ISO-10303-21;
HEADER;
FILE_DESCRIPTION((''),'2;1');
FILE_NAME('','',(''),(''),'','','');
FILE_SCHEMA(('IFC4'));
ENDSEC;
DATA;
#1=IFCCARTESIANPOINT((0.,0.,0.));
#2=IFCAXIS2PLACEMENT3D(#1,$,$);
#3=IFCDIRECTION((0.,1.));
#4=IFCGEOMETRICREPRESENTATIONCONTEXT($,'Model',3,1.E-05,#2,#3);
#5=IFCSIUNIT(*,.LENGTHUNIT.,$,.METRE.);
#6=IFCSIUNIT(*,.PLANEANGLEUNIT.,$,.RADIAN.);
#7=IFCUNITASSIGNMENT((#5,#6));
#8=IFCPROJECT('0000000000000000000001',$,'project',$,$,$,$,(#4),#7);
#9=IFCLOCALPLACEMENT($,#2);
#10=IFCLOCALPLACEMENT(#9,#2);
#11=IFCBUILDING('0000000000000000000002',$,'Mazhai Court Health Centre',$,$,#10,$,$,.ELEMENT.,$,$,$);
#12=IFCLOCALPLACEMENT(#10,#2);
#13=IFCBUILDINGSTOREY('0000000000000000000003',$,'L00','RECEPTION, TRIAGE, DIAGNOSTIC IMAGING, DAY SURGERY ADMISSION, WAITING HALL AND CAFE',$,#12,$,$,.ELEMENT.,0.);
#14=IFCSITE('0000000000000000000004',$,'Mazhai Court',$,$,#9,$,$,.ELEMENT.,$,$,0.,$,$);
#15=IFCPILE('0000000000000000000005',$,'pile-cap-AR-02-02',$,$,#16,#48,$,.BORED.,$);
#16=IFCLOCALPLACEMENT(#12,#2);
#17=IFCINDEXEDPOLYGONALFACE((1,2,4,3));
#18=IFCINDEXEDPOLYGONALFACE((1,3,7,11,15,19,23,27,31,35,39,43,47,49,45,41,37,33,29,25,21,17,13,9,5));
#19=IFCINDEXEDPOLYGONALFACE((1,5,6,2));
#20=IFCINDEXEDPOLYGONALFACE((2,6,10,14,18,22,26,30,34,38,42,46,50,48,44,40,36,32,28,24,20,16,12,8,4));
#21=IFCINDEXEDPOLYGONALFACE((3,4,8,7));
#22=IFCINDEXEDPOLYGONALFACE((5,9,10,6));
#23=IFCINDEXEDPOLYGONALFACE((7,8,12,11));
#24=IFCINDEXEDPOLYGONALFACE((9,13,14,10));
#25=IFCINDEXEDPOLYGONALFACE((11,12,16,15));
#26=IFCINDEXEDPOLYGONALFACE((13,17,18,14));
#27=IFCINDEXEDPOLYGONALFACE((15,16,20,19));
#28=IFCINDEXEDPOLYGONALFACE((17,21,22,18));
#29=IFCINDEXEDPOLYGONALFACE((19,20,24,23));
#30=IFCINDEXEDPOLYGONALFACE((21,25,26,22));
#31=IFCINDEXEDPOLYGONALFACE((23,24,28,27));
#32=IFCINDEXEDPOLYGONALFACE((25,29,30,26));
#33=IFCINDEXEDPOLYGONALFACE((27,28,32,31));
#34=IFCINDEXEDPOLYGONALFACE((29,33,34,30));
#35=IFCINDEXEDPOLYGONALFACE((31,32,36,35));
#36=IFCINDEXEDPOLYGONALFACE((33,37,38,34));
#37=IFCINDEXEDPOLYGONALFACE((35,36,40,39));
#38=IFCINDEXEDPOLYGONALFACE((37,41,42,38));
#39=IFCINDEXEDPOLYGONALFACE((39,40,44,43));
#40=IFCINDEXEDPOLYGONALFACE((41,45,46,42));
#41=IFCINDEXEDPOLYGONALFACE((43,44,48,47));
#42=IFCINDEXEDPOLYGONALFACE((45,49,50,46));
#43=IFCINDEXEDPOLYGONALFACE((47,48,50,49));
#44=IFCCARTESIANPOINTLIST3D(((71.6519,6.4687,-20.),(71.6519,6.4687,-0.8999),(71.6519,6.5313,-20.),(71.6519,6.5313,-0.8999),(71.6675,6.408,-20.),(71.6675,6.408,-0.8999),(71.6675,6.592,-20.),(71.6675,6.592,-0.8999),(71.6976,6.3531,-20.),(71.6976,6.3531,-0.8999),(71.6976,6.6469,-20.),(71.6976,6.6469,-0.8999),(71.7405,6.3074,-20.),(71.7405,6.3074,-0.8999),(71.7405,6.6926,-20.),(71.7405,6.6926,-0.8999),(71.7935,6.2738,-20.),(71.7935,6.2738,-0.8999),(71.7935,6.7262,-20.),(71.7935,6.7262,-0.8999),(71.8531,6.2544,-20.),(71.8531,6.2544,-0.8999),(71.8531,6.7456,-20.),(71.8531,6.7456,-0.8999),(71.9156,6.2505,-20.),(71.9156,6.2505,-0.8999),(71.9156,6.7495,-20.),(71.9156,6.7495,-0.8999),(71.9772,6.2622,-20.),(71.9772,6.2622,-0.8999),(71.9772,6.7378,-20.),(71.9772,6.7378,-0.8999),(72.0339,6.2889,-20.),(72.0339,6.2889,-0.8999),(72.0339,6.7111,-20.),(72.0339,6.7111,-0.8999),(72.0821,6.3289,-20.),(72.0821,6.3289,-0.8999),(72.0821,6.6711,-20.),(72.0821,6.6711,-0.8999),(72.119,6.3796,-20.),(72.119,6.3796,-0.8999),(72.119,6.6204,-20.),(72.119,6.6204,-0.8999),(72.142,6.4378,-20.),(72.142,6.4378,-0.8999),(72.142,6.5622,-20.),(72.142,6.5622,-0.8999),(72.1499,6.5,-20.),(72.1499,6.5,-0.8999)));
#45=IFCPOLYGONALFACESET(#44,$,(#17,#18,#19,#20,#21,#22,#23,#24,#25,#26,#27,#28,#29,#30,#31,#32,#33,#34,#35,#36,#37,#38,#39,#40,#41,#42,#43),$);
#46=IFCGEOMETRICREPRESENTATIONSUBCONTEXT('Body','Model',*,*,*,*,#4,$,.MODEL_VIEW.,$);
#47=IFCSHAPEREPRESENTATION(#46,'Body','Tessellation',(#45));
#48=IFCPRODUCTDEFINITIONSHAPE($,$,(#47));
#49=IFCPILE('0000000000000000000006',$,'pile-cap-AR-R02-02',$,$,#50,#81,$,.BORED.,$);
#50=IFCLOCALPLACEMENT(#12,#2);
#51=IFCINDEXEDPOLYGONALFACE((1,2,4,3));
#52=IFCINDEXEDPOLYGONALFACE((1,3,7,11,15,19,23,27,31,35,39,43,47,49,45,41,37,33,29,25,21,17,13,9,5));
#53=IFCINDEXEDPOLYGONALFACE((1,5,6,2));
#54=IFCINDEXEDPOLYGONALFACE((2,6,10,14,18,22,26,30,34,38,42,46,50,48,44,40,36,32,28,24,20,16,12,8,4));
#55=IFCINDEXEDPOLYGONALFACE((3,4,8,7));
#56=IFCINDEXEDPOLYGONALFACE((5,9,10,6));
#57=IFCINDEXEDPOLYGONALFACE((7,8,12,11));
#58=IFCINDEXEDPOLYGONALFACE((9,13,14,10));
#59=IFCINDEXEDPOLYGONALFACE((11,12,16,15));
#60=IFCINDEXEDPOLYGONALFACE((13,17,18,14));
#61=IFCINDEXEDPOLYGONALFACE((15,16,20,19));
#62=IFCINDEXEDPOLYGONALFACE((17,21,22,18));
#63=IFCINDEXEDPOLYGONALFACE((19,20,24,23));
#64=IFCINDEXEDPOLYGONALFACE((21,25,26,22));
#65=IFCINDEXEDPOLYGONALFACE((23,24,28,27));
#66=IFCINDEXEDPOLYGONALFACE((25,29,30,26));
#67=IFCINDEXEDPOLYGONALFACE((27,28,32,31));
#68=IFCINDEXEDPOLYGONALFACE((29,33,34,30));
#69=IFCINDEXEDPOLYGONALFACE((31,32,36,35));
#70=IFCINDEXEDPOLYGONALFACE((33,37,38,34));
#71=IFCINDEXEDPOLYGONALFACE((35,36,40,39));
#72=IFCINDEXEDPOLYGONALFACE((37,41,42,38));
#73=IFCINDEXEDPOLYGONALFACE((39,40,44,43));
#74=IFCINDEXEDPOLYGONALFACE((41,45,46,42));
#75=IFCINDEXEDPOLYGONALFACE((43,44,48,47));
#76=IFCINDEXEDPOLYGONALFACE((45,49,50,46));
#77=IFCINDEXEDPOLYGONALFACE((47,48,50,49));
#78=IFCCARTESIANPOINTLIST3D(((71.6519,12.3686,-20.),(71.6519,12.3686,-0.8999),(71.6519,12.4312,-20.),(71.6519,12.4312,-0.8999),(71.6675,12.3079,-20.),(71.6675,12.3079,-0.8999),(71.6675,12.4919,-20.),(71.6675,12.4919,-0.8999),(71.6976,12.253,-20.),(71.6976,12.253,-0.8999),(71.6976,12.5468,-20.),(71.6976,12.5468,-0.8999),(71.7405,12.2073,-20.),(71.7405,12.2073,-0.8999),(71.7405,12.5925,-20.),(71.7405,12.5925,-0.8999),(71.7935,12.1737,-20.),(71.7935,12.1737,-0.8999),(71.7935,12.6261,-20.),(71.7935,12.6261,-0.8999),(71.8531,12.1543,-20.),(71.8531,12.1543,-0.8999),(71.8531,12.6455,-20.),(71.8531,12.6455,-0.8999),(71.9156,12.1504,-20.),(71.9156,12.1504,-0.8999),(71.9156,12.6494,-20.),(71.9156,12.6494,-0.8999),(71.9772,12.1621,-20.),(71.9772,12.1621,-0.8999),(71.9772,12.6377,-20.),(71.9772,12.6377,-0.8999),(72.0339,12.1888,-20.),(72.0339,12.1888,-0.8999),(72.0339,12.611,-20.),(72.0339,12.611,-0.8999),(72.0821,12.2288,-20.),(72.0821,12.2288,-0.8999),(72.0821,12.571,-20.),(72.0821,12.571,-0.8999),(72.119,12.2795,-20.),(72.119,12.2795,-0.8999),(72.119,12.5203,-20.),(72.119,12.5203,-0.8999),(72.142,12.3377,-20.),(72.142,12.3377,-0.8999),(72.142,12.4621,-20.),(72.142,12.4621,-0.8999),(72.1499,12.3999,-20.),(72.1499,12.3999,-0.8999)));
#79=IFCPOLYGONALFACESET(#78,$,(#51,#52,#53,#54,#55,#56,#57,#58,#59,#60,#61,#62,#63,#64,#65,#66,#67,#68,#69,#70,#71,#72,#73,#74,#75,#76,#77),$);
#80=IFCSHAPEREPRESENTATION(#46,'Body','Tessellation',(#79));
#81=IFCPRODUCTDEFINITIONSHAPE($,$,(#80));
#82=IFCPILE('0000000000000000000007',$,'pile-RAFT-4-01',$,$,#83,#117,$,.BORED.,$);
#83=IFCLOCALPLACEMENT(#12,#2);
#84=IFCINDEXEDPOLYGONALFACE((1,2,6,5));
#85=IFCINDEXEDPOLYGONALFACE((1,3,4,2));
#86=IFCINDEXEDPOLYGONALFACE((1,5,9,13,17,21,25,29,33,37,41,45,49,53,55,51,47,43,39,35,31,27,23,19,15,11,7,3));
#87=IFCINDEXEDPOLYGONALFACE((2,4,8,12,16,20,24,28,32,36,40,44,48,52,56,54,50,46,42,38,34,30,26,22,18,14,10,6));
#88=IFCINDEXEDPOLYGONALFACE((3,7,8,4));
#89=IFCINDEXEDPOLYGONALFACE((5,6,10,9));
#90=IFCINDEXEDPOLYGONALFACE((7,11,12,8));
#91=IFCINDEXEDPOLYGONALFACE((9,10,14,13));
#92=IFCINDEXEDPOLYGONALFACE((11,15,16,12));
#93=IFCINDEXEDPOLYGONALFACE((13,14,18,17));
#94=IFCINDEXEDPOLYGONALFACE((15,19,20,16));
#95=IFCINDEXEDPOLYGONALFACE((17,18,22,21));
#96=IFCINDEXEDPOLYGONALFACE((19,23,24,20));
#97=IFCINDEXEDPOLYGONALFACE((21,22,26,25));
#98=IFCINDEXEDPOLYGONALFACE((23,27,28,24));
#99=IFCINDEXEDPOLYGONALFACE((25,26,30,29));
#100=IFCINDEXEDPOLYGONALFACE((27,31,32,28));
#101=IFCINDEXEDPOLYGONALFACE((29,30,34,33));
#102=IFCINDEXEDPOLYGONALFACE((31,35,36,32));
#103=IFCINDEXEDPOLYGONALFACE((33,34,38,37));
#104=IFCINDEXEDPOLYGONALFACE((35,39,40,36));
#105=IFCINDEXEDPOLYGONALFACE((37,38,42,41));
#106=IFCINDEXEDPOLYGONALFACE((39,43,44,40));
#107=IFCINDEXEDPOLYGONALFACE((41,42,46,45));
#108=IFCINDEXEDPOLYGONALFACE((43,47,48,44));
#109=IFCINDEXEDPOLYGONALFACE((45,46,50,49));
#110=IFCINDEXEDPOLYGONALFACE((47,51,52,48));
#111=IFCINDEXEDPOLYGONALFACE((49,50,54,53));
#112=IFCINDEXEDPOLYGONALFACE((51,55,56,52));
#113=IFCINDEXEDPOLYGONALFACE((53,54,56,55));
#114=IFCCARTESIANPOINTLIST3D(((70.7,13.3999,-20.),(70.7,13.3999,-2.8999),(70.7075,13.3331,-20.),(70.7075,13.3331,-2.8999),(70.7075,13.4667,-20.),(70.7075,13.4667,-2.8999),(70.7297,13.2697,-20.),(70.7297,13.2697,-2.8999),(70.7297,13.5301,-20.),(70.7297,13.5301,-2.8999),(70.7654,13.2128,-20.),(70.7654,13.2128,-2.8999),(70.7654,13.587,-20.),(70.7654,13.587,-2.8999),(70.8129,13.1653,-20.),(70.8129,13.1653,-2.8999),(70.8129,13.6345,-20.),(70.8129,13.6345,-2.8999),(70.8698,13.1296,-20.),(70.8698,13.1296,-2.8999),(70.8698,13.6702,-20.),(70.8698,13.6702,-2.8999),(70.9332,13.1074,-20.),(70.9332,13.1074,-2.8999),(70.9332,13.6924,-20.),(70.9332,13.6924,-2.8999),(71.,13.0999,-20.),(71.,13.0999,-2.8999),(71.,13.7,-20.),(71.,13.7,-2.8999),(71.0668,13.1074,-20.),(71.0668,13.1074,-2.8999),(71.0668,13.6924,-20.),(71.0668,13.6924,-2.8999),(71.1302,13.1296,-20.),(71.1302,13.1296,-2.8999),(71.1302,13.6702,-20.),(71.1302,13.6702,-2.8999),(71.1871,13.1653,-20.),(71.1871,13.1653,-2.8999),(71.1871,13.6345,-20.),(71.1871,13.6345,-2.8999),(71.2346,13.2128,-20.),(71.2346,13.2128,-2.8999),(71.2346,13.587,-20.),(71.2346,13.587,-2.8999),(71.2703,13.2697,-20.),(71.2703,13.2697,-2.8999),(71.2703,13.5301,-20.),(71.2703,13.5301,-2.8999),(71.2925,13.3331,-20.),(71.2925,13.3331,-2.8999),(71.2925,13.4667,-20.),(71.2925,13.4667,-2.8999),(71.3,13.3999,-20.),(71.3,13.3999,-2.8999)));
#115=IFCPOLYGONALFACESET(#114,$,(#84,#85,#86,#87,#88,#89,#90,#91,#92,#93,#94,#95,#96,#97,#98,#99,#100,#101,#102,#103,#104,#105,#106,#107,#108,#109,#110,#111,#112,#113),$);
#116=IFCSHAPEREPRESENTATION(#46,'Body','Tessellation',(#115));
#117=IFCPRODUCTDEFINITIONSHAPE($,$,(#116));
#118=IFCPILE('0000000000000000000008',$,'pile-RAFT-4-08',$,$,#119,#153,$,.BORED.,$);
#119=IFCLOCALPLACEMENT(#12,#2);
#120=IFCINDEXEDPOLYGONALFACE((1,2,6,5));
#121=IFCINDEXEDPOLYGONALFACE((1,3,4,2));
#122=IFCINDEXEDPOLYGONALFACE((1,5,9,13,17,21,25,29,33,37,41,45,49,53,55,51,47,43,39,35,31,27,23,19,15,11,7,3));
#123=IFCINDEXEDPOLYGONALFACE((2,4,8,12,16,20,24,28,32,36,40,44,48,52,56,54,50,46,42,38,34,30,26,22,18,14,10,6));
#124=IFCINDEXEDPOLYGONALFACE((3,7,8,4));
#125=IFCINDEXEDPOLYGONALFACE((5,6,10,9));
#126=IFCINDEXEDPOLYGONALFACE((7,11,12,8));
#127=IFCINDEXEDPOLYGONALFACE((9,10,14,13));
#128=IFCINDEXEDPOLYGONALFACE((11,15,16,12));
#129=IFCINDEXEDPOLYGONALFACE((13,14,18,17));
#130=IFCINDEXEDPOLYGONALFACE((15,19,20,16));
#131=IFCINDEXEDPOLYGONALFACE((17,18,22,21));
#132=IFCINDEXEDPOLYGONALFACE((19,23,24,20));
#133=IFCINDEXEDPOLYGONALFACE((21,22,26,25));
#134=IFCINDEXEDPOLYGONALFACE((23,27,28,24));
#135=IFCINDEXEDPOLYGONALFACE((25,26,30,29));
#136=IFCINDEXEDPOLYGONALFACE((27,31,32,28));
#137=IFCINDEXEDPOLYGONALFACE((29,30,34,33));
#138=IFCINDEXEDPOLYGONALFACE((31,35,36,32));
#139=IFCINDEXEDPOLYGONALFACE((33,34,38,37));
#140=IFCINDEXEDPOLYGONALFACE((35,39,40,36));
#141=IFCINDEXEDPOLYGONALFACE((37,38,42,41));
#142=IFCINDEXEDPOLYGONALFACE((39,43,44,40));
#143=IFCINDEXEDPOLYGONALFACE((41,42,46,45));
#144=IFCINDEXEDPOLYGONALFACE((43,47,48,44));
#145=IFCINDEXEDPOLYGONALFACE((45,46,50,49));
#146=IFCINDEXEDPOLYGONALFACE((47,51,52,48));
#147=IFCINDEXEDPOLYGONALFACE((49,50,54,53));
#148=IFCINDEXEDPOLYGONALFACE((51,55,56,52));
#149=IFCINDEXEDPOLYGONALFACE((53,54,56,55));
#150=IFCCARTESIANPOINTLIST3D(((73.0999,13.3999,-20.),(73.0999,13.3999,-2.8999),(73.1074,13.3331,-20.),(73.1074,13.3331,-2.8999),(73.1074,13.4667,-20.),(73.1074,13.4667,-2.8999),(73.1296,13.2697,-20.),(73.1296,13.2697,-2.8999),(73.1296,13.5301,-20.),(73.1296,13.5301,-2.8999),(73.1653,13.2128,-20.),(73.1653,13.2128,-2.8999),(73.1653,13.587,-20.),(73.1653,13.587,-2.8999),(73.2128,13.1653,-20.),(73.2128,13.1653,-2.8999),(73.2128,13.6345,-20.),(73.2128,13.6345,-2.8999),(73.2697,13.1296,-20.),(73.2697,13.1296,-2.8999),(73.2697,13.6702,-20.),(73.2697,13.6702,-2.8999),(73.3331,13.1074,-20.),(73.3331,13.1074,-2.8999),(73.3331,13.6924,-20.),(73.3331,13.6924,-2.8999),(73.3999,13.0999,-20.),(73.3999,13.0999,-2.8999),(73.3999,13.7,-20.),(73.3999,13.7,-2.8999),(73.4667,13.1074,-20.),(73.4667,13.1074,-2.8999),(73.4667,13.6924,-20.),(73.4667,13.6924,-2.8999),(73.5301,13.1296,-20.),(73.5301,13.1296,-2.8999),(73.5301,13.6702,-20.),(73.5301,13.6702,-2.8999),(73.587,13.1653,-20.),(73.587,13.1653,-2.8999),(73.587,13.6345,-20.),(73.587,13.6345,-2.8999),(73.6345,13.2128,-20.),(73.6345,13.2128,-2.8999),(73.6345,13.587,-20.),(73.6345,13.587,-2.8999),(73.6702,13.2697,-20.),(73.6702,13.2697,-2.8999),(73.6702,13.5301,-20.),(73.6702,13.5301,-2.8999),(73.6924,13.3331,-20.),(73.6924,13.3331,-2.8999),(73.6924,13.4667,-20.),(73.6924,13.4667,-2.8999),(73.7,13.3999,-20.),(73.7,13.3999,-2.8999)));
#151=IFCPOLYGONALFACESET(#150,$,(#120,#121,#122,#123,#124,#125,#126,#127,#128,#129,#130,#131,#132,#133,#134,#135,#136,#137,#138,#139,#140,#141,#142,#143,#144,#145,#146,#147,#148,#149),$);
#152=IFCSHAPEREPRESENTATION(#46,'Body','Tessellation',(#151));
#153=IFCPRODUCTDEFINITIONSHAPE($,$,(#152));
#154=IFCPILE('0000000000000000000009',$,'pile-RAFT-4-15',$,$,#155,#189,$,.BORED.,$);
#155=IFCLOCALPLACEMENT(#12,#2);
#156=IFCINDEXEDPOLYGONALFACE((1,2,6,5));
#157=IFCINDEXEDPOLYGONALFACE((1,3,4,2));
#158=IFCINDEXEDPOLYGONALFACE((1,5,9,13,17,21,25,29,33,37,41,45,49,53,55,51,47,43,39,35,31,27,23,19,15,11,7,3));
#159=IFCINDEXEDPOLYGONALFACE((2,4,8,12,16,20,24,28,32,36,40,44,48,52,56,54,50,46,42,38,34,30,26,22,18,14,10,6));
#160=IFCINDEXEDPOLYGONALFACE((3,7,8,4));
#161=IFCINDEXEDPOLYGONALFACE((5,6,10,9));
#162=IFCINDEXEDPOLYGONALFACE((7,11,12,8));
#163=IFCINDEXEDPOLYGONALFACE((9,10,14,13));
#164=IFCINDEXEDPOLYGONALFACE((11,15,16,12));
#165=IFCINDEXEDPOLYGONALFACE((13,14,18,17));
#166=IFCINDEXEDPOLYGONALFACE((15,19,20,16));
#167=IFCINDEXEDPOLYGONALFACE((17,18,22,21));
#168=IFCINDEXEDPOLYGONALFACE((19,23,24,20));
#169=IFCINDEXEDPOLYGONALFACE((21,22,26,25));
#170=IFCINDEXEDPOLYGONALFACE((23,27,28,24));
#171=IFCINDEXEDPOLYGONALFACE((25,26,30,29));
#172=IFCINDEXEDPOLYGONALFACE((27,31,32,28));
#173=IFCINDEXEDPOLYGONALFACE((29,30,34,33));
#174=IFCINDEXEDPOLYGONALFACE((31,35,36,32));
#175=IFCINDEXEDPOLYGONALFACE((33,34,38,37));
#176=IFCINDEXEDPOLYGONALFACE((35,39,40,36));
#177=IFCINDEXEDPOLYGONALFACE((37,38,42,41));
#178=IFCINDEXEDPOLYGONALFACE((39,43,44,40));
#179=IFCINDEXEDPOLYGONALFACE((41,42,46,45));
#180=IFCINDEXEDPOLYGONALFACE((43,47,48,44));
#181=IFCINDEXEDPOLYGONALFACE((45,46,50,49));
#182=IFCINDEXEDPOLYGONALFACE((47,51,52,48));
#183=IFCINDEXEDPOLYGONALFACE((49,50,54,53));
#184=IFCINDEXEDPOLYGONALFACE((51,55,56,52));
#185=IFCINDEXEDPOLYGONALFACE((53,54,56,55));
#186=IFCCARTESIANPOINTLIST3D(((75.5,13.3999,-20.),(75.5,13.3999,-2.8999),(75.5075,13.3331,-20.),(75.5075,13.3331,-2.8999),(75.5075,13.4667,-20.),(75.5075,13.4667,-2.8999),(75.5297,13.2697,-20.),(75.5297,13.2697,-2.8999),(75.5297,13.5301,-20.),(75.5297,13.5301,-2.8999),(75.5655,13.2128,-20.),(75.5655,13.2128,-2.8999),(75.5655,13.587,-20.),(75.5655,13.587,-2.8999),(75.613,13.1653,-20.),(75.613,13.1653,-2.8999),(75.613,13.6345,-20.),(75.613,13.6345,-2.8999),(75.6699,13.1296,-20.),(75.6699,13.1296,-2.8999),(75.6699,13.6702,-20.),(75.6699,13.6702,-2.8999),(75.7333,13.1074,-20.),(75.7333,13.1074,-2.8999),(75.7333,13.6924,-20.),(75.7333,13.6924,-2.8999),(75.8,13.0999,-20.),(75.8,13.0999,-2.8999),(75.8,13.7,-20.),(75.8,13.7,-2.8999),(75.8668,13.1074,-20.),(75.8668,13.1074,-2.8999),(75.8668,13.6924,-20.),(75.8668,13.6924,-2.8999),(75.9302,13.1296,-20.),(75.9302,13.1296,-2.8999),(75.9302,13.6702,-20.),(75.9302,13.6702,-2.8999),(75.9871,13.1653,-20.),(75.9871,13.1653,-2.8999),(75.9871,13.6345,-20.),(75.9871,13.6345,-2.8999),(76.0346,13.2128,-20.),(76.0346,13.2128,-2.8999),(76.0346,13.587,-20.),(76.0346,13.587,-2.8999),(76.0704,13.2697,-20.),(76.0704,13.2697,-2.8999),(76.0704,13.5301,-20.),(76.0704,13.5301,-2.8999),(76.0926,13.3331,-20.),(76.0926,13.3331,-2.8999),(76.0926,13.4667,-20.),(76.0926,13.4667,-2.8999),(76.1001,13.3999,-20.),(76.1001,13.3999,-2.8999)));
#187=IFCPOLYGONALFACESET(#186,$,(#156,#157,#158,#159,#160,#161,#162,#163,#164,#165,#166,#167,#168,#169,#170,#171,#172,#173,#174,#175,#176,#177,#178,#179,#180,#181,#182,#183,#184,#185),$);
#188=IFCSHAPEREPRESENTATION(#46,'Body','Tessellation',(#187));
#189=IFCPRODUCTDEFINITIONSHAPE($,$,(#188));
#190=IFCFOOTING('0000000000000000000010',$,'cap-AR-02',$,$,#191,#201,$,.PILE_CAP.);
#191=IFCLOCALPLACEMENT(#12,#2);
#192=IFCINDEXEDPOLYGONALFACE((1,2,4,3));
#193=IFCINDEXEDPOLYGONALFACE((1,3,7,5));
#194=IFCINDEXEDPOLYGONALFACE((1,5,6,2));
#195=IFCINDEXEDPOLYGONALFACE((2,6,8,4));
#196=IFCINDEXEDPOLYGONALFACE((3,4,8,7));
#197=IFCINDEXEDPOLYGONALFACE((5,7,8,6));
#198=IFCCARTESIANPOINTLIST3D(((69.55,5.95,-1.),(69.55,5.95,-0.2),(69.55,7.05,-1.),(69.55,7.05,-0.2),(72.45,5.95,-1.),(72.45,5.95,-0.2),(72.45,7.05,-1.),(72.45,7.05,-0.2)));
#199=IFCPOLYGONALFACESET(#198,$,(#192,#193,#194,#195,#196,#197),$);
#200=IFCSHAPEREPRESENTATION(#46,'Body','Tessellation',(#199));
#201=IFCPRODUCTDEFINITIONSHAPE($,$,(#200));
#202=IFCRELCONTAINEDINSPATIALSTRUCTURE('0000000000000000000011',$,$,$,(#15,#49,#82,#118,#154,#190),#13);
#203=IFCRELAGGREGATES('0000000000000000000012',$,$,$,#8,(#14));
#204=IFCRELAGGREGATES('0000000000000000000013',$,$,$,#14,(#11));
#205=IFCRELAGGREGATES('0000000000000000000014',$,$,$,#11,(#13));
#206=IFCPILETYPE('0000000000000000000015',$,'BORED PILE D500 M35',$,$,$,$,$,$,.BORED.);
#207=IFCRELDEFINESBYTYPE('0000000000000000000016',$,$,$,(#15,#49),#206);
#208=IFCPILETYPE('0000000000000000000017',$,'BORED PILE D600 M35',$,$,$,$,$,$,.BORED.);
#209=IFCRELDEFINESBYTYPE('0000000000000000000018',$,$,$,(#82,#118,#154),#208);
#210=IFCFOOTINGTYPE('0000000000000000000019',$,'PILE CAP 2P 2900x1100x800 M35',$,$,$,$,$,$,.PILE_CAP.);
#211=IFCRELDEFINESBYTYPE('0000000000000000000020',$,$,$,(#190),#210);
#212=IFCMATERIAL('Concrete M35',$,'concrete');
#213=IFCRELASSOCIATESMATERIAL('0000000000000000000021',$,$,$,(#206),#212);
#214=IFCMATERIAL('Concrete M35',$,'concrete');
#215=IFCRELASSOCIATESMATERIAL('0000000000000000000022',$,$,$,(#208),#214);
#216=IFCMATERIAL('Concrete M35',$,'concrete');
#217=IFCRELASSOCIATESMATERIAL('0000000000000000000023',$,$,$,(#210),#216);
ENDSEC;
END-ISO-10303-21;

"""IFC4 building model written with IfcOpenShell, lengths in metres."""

from ifc_helpers import new_model, si_unit, direction, frame, origin, origin_2d, place, context, subcontext, project, spatial, rectangle, circle, extrude, material, material_profile, profile_set, type_object, element, save


model = new_model("IFC4")

# Units and contexts
model_context = context("Model", 3, precision=1e-05, world=origin(), true_north=direction((0.0, 1.0)))
body_context = subcontext(model_context, "Body", "Model", "MODEL_VIEW")
ifc_project = project(units=[si_unit("LENGTHUNIT", "METRE"), si_unit("PLANEANGLEUNIT", "RADIAN")], contexts=[model_context])

# Site, building, storey
site_placement = place(None, origin())
site = spatial("IfcSite", under=ifc_project, at=site_placement, Name="Mazhai Court", CompositionType="ELEMENT", RefElevation=0.0)
building_placement = place(site_placement, origin())
building = spatial("IfcBuilding", under=site, at=building_placement, Name="Mazhai Court Health Centre", CompositionType="ELEMENT")
storey_placement = place(building_placement, origin())
storey = spatial("IfcBuildingStorey", under=building, at=storey_placement, Name="L00", Description="RECEPTION, TRIAGE, DIAGNOSTIC IMAGING, DAY SURGERY ADMISSION, WAITING HALL AND CAFE", CompositionType="ELEMENT", Elevation=0.0)

# Piles
ifc_material_1 = material(Name="Concrete M35", Category="concrete")
ifc_material_profile_1 = material_profile(ifc_material_1, circle(Radius=0.25, at=origin_2d()), Name="RC PILE D500")
ifc_profile_set_1 = profile_set([ifc_material_profile_1], Name="Concrete M35")
pile_type_1 = type_object("IfcPileType", Name="BORED PILE D500 M35", PredefinedType="BORED", material=ifc_profile_set_1)
for number, where, z_axis, x_axis, name in (
    (1, (71.8999, 6.5, -0.8999), (0.0, 0.0, -1.0), (1.0, 0.0, 0.0), "pile-cap-AR-02-02"),
    (2, (71.8999, 12.3999, -0.8999), (0.0, 0.0, -1.0), (1.0, 0.0, 0.0), "pile-cap-AR-R02-02"),
):
    element("IfcPile", number, at=place(storey_placement, frame(where, z_axis=z_axis, x_axis=x_axis)), inside=storey, type_object=pile_type_1, Name=name, PredefinedType="BORED", context=body_context, shape_type="SweptSolid", body=[
        extrude(circle(Radius=0.25, at=origin_2d()), origin(), (0.0, 0.0, 1.0), 19.1001),
    ])
ifc_material_2 = material(Name="Concrete M35", Category="concrete")
ifc_material_profile_2 = material_profile(ifc_material_2, circle(Radius=0.3, at=origin_2d()), Name="RC PILE D600")
ifc_profile_set_2 = profile_set([ifc_material_profile_2], Name="Concrete M35")
pile_type_2 = type_object("IfcPileType", Name="BORED PILE D600 M35", PredefinedType="BORED", material=ifc_profile_set_2)
for number, where, z_axis, x_axis, name in (
    (3, (71.0, 13.3999, -2.8999), (0.0, 0.0, -1.0), (1.0, 0.0, 0.0), "pile-RAFT-4-01"),
    (4, (73.3999, 13.3999, -2.8999), (0.0, 0.0, -1.0), (1.0, 0.0, 0.0), "pile-RAFT-4-08"),
    (5, (75.8, 13.3999, -2.8999), (0.0, 0.0, -1.0), (1.0, 0.0, 0.0), "pile-RAFT-4-15"),
):
    element("IfcPile", number, at=place(storey_placement, frame(where, z_axis=z_axis, x_axis=x_axis)), inside=storey, type_object=pile_type_2, Name=name, PredefinedType="BORED", context=body_context, shape_type="SweptSolid", body=[
        extrude(circle(Radius=0.3, at=origin_2d()), origin(), (0.0, 0.0, 1.0), 17.1001),
    ])

# Footing
ifc_material_3 = material(Name="Concrete M35", Category="concrete")
footing_type = type_object("IfcFootingType", Name="PILE CAP 2P 2900x1100x800 M35", PredefinedType="PILE_CAP", material=ifc_material_3)
for number, where, z_axis, x_axis, name in (
    (6, (71.0, 6.5, -1.0), (0.0, 0.0, 1.0), (1.0, 0.0, 0.0), "cap-AR-02"),
):
    element("IfcFooting", number, at=place(storey_placement, frame(where, z_axis=z_axis, x_axis=x_axis)), inside=storey, type_object=footing_type, Name=name, PredefinedType="PILE_CAP", context=body_context, shape_type="SweptSolid", body=[
        extrude(rectangle(XDim=2.8999, YDim=1.1001, at=origin_2d()), origin(), (0.0, 0.0, 1.0), 0.8),
    ])

save(model, "model.ifc")
